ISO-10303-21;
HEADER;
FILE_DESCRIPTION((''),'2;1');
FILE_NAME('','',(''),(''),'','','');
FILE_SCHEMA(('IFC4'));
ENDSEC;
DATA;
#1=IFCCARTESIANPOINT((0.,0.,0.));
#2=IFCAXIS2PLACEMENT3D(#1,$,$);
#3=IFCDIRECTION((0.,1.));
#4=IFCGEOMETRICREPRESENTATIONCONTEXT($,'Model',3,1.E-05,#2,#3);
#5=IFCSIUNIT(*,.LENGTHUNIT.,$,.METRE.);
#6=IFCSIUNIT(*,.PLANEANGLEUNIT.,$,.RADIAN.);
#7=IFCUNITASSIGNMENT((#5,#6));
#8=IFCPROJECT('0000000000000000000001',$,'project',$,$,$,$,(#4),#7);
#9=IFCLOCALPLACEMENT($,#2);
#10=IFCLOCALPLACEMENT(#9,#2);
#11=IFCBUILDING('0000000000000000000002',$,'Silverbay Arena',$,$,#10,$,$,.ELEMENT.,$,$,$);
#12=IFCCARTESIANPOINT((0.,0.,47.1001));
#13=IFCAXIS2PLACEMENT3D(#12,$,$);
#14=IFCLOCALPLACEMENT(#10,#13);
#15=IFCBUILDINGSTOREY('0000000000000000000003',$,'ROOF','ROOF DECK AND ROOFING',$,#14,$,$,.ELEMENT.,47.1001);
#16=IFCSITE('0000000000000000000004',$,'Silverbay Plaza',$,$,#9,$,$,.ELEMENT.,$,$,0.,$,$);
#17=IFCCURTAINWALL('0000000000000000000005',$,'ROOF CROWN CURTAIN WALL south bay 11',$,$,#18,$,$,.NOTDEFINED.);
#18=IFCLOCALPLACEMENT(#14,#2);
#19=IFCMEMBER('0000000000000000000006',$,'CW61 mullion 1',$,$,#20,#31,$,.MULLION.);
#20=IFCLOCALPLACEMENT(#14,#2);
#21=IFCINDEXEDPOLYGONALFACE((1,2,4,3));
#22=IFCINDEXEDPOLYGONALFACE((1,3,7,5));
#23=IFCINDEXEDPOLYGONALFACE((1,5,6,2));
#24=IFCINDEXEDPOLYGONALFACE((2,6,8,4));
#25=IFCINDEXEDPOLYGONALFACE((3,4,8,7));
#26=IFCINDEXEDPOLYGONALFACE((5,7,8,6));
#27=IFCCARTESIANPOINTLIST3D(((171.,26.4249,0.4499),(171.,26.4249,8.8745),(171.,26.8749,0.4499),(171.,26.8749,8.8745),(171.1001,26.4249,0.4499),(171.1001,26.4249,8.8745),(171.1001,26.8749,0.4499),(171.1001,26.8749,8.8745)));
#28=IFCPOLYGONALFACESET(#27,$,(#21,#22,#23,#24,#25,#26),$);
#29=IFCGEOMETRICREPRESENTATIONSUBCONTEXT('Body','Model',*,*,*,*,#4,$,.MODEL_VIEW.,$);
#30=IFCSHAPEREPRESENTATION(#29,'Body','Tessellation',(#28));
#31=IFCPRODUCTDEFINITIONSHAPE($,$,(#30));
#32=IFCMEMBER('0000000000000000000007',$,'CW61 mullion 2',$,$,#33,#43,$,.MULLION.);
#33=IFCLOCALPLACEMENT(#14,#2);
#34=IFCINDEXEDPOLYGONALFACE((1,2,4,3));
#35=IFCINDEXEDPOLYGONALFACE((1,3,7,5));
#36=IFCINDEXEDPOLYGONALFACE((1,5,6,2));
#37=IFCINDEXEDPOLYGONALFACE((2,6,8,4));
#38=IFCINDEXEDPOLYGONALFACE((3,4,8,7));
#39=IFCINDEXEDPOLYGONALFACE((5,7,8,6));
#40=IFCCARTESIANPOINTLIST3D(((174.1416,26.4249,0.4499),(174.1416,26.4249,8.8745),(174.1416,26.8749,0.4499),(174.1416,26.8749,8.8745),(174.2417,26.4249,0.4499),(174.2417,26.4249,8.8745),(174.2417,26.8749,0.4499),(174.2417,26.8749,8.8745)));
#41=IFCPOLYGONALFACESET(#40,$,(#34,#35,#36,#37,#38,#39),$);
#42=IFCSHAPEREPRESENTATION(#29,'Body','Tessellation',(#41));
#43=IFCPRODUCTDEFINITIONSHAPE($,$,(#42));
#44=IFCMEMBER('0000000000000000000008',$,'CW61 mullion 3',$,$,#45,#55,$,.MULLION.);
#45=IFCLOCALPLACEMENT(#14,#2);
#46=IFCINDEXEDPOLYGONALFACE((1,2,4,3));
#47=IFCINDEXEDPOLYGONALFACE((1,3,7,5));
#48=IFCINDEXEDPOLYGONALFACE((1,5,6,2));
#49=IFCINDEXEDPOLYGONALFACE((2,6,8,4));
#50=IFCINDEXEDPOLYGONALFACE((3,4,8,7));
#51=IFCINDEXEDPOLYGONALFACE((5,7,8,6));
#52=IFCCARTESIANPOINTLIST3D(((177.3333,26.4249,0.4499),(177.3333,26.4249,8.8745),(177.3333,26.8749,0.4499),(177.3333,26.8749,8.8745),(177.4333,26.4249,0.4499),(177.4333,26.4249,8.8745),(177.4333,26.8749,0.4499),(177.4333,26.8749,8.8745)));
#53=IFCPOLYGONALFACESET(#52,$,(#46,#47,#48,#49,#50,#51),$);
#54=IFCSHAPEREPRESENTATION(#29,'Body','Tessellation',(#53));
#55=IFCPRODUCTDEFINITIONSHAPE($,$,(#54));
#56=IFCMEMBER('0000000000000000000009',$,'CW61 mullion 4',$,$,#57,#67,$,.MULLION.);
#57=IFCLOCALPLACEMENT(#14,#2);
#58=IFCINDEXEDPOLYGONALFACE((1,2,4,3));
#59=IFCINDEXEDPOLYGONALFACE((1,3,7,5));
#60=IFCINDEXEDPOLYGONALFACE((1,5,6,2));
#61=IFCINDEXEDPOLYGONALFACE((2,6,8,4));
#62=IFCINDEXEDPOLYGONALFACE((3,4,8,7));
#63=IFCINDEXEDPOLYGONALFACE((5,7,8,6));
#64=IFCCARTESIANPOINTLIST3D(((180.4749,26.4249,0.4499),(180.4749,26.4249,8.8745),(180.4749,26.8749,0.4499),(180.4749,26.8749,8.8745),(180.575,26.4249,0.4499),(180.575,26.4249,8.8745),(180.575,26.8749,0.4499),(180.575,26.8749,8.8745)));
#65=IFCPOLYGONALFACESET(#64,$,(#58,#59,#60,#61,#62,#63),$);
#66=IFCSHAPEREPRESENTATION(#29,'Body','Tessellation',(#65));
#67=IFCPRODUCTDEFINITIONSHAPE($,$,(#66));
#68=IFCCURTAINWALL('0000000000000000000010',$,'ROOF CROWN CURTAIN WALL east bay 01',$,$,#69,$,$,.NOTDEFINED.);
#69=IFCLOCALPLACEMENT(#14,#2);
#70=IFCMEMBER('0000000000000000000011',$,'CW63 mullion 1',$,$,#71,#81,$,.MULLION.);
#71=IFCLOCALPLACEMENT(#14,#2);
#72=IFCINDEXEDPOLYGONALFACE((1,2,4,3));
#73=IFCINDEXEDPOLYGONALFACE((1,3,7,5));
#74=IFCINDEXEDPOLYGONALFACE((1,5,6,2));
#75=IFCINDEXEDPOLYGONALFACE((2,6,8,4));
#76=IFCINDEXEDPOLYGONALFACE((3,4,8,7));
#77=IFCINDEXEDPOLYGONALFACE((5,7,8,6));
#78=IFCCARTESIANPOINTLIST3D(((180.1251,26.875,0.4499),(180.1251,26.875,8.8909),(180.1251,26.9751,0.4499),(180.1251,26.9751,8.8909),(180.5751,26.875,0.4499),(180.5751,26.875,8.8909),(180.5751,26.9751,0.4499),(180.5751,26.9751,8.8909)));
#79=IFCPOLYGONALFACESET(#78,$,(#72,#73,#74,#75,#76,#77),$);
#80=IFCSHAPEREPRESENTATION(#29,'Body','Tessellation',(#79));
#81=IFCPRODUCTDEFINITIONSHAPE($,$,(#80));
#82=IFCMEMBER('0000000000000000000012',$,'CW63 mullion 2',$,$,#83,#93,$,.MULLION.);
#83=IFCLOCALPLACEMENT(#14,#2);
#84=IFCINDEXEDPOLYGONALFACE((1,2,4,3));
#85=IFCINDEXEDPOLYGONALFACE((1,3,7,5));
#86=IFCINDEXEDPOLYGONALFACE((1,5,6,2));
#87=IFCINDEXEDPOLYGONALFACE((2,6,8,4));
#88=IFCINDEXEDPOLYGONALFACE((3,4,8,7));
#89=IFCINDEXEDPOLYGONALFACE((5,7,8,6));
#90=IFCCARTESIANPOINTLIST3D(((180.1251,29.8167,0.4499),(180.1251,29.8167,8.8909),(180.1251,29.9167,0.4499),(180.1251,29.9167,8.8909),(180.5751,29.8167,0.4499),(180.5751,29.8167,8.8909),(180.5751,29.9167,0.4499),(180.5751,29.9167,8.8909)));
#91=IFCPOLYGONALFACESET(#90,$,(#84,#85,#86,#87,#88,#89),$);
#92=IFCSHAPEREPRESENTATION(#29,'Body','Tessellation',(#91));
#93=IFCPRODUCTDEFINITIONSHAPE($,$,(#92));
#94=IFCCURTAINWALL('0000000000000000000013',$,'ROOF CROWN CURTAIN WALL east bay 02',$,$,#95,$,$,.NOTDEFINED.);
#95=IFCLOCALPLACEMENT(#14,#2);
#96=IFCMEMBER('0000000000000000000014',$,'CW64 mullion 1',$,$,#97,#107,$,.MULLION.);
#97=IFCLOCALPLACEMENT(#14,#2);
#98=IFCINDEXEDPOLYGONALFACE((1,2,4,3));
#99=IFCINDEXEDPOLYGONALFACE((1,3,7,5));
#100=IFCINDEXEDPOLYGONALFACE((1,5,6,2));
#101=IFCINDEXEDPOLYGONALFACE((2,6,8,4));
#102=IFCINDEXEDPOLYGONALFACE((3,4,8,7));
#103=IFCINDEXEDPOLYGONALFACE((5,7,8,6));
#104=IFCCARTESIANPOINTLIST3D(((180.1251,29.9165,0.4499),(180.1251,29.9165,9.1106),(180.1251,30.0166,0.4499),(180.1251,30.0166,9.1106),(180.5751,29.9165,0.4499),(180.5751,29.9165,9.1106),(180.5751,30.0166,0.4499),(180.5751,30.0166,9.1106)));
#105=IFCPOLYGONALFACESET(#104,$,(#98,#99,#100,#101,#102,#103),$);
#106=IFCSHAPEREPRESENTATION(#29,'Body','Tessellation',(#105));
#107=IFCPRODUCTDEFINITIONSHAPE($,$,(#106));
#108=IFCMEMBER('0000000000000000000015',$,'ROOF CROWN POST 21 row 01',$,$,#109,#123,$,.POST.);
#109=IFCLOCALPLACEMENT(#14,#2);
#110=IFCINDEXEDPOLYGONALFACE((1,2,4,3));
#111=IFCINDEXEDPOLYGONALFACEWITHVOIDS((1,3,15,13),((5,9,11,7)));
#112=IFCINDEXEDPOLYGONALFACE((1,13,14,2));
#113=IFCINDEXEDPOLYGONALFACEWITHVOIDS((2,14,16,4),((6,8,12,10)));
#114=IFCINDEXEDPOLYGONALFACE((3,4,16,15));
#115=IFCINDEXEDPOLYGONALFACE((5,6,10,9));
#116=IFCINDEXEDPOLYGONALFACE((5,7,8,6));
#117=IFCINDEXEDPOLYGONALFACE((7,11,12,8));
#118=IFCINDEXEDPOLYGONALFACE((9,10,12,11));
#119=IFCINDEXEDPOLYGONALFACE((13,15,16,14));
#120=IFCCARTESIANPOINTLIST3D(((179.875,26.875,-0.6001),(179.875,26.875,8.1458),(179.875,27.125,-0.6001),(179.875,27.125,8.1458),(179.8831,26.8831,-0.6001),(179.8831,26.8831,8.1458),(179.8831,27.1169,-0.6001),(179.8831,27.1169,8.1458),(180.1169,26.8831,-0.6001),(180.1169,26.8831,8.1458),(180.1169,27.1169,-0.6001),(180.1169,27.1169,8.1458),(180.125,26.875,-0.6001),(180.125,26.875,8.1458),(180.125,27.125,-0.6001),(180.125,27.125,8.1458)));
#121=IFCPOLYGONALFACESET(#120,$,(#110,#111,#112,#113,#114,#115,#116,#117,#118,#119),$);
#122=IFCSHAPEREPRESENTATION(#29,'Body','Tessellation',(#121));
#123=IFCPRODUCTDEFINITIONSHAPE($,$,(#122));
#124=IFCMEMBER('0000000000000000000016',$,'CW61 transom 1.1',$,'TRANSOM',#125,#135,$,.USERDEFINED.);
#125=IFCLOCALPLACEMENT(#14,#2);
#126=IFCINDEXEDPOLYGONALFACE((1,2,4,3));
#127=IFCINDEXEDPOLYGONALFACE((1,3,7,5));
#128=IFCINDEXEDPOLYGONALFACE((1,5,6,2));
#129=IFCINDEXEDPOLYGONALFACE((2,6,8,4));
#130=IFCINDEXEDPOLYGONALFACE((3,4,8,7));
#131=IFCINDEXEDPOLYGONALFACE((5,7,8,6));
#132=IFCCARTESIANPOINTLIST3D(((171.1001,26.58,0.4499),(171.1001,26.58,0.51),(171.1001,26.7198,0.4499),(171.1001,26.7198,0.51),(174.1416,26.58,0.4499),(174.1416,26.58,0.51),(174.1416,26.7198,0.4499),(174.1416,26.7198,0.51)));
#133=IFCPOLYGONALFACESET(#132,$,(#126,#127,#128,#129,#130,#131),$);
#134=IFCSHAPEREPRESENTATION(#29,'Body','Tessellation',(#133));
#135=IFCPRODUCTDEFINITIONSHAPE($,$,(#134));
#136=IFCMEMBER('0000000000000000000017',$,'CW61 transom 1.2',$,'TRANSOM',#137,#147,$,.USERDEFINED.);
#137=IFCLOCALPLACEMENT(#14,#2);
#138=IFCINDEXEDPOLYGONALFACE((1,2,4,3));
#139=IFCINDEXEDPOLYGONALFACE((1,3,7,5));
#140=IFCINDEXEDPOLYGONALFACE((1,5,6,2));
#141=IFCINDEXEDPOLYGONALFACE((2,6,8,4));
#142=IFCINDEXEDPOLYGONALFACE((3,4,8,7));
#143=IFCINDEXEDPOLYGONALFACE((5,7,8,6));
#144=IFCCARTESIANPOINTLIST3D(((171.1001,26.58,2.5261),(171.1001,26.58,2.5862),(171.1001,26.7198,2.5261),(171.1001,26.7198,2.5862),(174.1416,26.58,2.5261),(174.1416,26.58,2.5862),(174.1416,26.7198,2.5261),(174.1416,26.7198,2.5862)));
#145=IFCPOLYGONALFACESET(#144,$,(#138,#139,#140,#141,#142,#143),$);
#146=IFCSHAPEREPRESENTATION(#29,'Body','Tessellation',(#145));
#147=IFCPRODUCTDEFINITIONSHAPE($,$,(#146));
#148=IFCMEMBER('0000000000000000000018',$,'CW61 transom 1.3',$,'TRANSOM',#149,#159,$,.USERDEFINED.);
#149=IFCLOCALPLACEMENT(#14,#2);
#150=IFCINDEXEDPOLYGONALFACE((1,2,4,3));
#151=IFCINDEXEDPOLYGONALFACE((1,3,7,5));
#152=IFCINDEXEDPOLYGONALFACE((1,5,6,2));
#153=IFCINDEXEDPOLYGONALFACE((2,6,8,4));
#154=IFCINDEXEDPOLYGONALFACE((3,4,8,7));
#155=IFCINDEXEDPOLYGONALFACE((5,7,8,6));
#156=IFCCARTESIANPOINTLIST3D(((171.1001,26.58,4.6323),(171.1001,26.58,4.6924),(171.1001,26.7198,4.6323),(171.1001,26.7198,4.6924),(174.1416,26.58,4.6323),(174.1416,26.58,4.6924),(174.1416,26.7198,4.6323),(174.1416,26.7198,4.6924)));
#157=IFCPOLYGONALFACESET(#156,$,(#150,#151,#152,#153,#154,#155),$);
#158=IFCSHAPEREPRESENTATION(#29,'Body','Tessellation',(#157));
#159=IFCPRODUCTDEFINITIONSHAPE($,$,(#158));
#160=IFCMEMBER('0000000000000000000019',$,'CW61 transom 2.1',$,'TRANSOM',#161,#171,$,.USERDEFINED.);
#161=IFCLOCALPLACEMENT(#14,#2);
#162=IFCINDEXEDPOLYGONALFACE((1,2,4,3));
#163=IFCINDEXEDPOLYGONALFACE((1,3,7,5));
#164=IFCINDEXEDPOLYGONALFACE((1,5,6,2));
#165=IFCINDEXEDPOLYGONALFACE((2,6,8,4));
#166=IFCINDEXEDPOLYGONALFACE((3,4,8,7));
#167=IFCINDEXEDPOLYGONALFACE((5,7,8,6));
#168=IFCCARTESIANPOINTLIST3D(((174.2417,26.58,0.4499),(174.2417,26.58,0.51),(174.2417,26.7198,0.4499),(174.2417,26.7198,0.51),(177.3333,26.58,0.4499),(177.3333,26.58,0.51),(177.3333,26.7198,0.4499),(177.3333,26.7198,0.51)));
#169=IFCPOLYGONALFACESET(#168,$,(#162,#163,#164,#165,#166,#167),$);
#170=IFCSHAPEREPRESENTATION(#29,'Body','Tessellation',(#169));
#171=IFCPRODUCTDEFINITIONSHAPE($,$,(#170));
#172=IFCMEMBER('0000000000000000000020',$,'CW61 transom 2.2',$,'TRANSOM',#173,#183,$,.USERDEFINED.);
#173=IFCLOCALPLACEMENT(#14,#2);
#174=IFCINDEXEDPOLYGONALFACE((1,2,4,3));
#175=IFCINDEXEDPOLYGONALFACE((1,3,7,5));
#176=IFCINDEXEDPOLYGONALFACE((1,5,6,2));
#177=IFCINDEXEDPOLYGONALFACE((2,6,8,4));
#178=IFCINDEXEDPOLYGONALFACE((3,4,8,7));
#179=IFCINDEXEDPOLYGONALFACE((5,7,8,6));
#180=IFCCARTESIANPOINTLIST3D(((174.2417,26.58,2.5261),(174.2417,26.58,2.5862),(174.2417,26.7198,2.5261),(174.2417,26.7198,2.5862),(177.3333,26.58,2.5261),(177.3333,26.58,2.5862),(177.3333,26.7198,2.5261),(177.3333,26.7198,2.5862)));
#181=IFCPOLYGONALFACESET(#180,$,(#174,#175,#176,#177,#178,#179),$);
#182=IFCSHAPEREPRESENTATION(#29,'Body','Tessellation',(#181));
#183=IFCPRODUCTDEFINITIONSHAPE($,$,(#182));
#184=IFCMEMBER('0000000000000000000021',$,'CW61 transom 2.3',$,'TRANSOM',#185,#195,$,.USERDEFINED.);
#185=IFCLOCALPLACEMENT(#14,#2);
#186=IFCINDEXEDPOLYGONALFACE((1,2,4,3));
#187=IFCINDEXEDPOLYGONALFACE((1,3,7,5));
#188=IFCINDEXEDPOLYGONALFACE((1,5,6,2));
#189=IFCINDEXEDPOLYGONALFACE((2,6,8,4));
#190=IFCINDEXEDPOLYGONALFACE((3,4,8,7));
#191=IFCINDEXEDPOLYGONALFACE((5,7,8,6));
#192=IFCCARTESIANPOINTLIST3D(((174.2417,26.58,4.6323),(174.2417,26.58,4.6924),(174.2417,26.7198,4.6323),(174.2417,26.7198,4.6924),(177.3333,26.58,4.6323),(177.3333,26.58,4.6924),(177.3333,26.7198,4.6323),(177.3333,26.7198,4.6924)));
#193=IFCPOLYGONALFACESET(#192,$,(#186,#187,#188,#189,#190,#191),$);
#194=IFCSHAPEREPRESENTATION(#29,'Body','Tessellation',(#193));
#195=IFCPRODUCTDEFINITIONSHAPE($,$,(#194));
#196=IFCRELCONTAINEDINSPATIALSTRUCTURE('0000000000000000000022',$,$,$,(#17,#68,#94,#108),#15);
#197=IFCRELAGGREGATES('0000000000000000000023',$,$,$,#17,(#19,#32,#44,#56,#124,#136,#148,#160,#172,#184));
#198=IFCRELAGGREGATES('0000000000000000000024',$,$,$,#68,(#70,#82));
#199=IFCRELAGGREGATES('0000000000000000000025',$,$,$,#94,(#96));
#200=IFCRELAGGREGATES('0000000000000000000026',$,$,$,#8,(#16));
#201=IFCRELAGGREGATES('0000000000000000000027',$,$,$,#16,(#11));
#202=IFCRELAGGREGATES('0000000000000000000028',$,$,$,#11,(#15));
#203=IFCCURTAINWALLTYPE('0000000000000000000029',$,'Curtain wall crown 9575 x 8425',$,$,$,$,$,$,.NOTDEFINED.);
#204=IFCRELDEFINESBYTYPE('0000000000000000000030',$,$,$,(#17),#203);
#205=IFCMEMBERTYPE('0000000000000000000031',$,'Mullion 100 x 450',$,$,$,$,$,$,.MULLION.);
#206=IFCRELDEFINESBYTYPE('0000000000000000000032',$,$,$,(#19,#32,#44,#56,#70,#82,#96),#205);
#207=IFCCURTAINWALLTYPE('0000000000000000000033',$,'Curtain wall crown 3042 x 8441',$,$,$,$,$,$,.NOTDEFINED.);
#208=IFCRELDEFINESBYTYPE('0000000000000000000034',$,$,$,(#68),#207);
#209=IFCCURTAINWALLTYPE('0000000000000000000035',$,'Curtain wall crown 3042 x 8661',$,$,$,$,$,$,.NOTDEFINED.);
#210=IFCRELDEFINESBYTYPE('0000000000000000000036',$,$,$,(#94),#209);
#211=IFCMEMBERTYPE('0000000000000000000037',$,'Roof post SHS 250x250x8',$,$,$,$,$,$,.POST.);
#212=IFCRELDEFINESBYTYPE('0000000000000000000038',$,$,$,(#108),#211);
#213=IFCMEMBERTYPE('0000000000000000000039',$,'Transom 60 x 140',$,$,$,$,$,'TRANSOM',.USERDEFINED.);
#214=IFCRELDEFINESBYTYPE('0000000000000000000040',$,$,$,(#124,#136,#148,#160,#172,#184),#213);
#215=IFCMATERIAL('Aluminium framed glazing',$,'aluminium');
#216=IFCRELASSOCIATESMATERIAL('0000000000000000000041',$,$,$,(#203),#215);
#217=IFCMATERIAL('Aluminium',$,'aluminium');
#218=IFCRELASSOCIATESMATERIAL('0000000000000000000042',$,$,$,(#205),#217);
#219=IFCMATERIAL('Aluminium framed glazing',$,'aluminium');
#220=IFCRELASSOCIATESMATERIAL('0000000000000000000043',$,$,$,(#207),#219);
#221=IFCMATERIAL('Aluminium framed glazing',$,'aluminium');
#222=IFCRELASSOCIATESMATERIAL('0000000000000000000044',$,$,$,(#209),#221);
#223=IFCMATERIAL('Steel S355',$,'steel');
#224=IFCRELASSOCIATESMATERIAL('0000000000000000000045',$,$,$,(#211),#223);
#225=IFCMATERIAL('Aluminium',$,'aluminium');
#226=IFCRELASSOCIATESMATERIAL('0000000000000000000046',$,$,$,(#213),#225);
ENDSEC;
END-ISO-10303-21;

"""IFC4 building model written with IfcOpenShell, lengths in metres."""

from ifc_helpers import new_model, si_unit, direction, frame, origin, origin_2d, place, context, subcontext, project, spatial, rectangle, hollow_rectangle, extrude, material, material_profile, profile_set, type_object, element, aggregate, save


model = new_model("IFC4")

# Units and contexts
model_context = context("Model", 3, precision=1e-05, world=origin(), true_north=direction((0.0, 1.0)))
body_context = subcontext(model_context, "Body", "Model", "MODEL_VIEW")
ifc_project = project(units=[si_unit("LENGTHUNIT", "METRE"), si_unit("PLANEANGLEUNIT", "RADIAN")], contexts=[model_context])

# Site, building, storey
site_placement = place(None, origin())
site = spatial("IfcSite", under=ifc_project, at=site_placement, Name="Silverbay Plaza", CompositionType="ELEMENT", RefElevation=0.0)
building_placement = place(site_placement, origin())
building = spatial("IfcBuilding", under=site, at=building_placement, Name="Silverbay Arena", CompositionType="ELEMENT")
storey_placement = place(building_placement, frame((0.0, 0.0, 47.1001)))
storey = spatial("IfcBuildingStorey", under=building, at=storey_placement, Name="ROOF", Description="ROOF DECK AND ROOFING", CompositionType="ELEMENT", Elevation=47.1001)

# Curtain walls, members
ifc_material_1 = material(Name="Aluminium framed glazing", Category="aluminium")
curtain_wall_type_1 = type_object("IfcCurtainWallType", Name="Curtain wall crown 9575 x 8425", PredefinedType="NOTDEFINED", material=ifc_material_1)
curtain_wall_1_placement = place(storey_placement, origin())
curtain_wall_1 = element("IfcCurtainWall", 1, at=curtain_wall_1_placement, inside=storey, type_object=curtain_wall_type_1, Name="ROOF CROWN CURTAIN WALL south bay 11", PredefinedType="NOTDEFINED")
ifc_material_2 = material(Name="Aluminium", Category="aluminium")
ifc_material_profile_1 = material_profile(ifc_material_2, rectangle(XDim=0.45, YDim=0.1001, at=origin_2d()), Name="Mullion 100 x 450")
ifc_profile_set_1 = profile_set([ifc_material_profile_1], Name="Aluminium")
member_type_1 = type_object("IfcMemberType", Name="Mullion 100 x 450", PredefinedType="MULLION", material=ifc_profile_set_1)
placement = place(building_placement, frame((0.0, 0.0, 33.5)))
member_1_placement = place(placement, frame((171.05, 26.6499, 14.05), z_axis=(0.0, 0.0, 1.0), x_axis=(0.0, 1.0, 0.0)))
member_1 = element("IfcMember", 2, at=member_1_placement, type_object=member_type_1, Name="CW61 mullion 1", PredefinedType="MULLION", context=body_context, shape_type="SweptSolid", body=[
    extrude(rectangle(XDim=0.45, YDim=0.1001, at=origin_2d()), origin(), (0.0, 0.0, 1.0), 8.4246),
])
member_2_placement = place(placement, frame((174.1917, 26.6499, 14.05), z_axis=(0.0, 0.0, 1.0), x_axis=(0.0, 1.0, 0.0)))
member_2 = element("IfcMember", 3, at=member_2_placement, type_object=member_type_1, Name="CW61 mullion 2", PredefinedType="MULLION", context=body_context, shape_type="SweptSolid", body=[
    extrude(rectangle(XDim=0.45, YDim=0.1001, at=origin_2d()), origin(), (0.0, 0.0, 1.0), 8.4246),
])
member_3_placement = place(placement, frame((177.3833, 26.6499, 14.05), z_axis=(0.0, 0.0, 1.0), x_axis=(0.0, 1.0, 0.0)))
member_3 = element("IfcMember", 4, at=member_3_placement, type_object=member_type_1, Name="CW61 mullion 3", PredefinedType="MULLION", context=body_context, shape_type="SweptSolid", body=[
    extrude(rectangle(XDim=0.45, YDim=0.1001, at=origin_2d()), origin(), (0.0, 0.0, 1.0), 8.4246),
])
member_4_placement = place(placement, frame((180.5249, 26.6499, 14.05), z_axis=(0.0, 0.0, 1.0), x_axis=(0.0, 1.0, 0.0)))
member_4 = element("IfcMember", 5, at=member_4_placement, type_object=member_type_1, Name="CW61 mullion 4", PredefinedType="MULLION", context=body_context, shape_type="SweptSolid", body=[
    extrude(rectangle(XDim=0.45, YDim=0.1001, at=origin_2d()), origin(), (0.0, 0.0, 1.0), 8.4246),
])
ifc_material_3 = material(Name="Aluminium framed glazing", Category="aluminium")
curtain_wall_type_2 = type_object("IfcCurtainWallType", Name="Curtain wall crown 3042 x 8441", PredefinedType="NOTDEFINED", material=ifc_material_3)
curtain_wall_2_placement = place(storey_placement, origin())
curtain_wall_2 = element("IfcCurtainWall", 6, at=curtain_wall_2_placement, inside=storey, type_object=curtain_wall_type_2, Name="ROOF CROWN CURTAIN WALL east bay 01", PredefinedType="NOTDEFINED")
member_5_placement = place(placement, frame((180.3501, 26.925, 14.05), z_axis=(0.0, 0.0, 1.0), x_axis=(-1.0, 0.0, 0.0)))
member_5 = element("IfcMember", 7, at=member_5_placement, type_object=member_type_1, Name="CW63 mullion 1", PredefinedType="MULLION", context=body_context, shape_type="SweptSolid", body=[
    extrude(rectangle(XDim=0.45, YDim=0.1001, at=origin_2d()), origin(), (0.0, 0.0, 1.0), 8.4409),
])
member_6_placement = place(placement, frame((180.3501, 29.8667, 14.05), z_axis=(0.0, 0.0, 1.0), x_axis=(-1.0, 0.0, 0.0)))
member_6 = element("IfcMember", 8, at=member_6_placement, type_object=member_type_1, Name="CW63 mullion 2", PredefinedType="MULLION", context=body_context, shape_type="SweptSolid", body=[
    extrude(rectangle(XDim=0.45, YDim=0.1001, at=origin_2d()), origin(), (0.0, 0.0, 1.0), 8.4409),
])

# Curtain wall, member
ifc_material_4 = material(Name="Aluminium framed glazing", Category="aluminium")
curtain_wall_type_3 = type_object("IfcCurtainWallType", Name="Curtain wall crown 3042 x 8661", PredefinedType="NOTDEFINED", material=ifc_material_4)
curtain_wall_3_placement = place(storey_placement, origin())
curtain_wall_3 = element("IfcCurtainWall", 9, at=curtain_wall_3_placement, inside=storey, type_object=curtain_wall_type_3, Name="ROOF CROWN CURTAIN WALL east bay 02", PredefinedType="NOTDEFINED")
member_7_placement = place(placement, frame((180.3501, 29.9666, 14.05), z_axis=(0.0, 0.0, 1.0), x_axis=(-1.0, 0.0, 0.0)))
member_7 = element("IfcMember", 10, at=member_7_placement, type_object=member_type_1, Name="CW64 mullion 1", PredefinedType="MULLION", context=body_context, shape_type="SweptSolid", body=[
    extrude(rectangle(XDim=0.45, YDim=0.1001, at=origin_2d()), origin(), (0.0, 0.0, 1.0), 8.6606),
])

# Members
ifc_material_5 = material(Name="Steel S355", Category="steel")
ifc_material_profile_2 = material_profile(ifc_material_5, hollow_rectangle(XDim=0.25, YDim=0.25, WallThickness=0.0081, at=origin_2d()), Name="SHS 250x250x8")
ifc_profile_set_2 = profile_set([ifc_material_profile_2], Name="Steel S355")
member_type_2 = type_object("IfcMemberType", Name="Roof post SHS 250x250x8", PredefinedType="POST", material=ifc_profile_set_2)
member_8_placement = place(storey_placement, frame((180.0, 27.0, -0.6001), z_axis=(0.0, 0.0, 1.0), x_axis=(1.0, 0.0, 0.0)))
element("IfcMember", 11, at=member_8_placement, inside=storey, type_object=member_type_2, Name="ROOF CROWN POST 21 row 01", PredefinedType="POST", context=body_context, shape_type="SweptSolid", body=[
    extrude(hollow_rectangle(XDim=0.25, YDim=0.25, WallThickness=0.0081, at=origin_2d()), origin(), (0.0, 0.0, 1.0), 8.7458),
])
ifc_material_6 = material(Name="Aluminium", Category="aluminium")
ifc_material_profile_3 = material_profile(ifc_material_6, rectangle(XDim=0.1399, YDim=0.0601, at=origin_2d()), Name="Transom 60 x 140")
ifc_profile_set_3 = profile_set([ifc_material_profile_3], Name="Aluminium")
member_type_3 = type_object("IfcMemberType", Name="Transom 60 x 140", ElementType="TRANSOM", PredefinedType="USERDEFINED", material=ifc_profile_set_3)
member_9_placement = place(placement, frame((171.1001, 26.6499, 14.0801), z_axis=(1.0, 0.0, 0.0), x_axis=(0.0, 1.0, 0.0)))
member_9 = element("IfcMember", 12, at=member_9_placement, type_object=member_type_3, Name="CW61 transom 1.1", ObjectType="TRANSOM", PredefinedType="USERDEFINED", context=body_context, shape_type="SweptSolid", body=[
    extrude(rectangle(XDim=0.1399, YDim=0.0601, at=origin_2d()), origin(), (0.0, 0.0, 1.0), 3.0415),
])
member_10_placement = place(placement, frame((171.1001, 26.6499, 16.1562), z_axis=(1.0, 0.0, 0.0), x_axis=(0.0, 1.0, 0.0)))
member_10 = element("IfcMember", 13, at=member_10_placement, type_object=member_type_3, Name="CW61 transom 1.2", ObjectType="TRANSOM", PredefinedType="USERDEFINED", context=body_context, shape_type="SweptSolid", body=[
    extrude(rectangle(XDim=0.1399, YDim=0.0601, at=origin_2d()), origin(), (0.0, 0.0, 1.0), 3.0415),
])
member_11_placement = place(placement, frame((171.1001, 26.6499, 18.2625), z_axis=(1.0, 0.0, 0.0), x_axis=(0.0, 1.0, 0.0)))
member_11 = element("IfcMember", 14, at=member_11_placement, type_object=member_type_3, Name="CW61 transom 1.3", ObjectType="TRANSOM", PredefinedType="USERDEFINED", context=body_context, shape_type="SweptSolid", body=[
    extrude(rectangle(XDim=0.1399, YDim=0.0601, at=origin_2d()), origin(), (0.0, 0.0, 1.0), 3.0415),
])
member_12_placement = place(placement, frame((174.2417, 26.6499, 14.0801), z_axis=(1.0, 0.0, 0.0), x_axis=(0.0, 1.0, 0.0)))
member_12 = element("IfcMember", 15, at=member_12_placement, type_object=member_type_3, Name="CW61 transom 2.1", ObjectType="TRANSOM", PredefinedType="USERDEFINED", context=body_context, shape_type="SweptSolid", body=[
    extrude(rectangle(XDim=0.1399, YDim=0.0601, at=origin_2d()), origin(), (0.0, 0.0, 1.0), 3.0916),
])
member_13_placement = place(placement, frame((174.2417, 26.6499, 16.1562), z_axis=(1.0, 0.0, 0.0), x_axis=(0.0, 1.0, 0.0)))
member_13 = element("IfcMember", 16, at=member_13_placement, type_object=member_type_3, Name="CW61 transom 2.2", ObjectType="TRANSOM", PredefinedType="USERDEFINED", context=body_context, shape_type="SweptSolid", body=[
    extrude(rectangle(XDim=0.1399, YDim=0.0601, at=origin_2d()), origin(), (0.0, 0.0, 1.0), 3.0916),
])
member_14_placement = place(placement, frame((174.2417, 26.6499, 18.2625), z_axis=(1.0, 0.0, 0.0), x_axis=(0.0, 1.0, 0.0)))
member_14 = element("IfcMember", 17, at=member_14_placement, type_object=member_type_3, Name="CW61 transom 2.3", ObjectType="TRANSOM", PredefinedType="USERDEFINED", context=body_context, shape_type="SweptSolid", body=[
    extrude(rectangle(XDim=0.1399, YDim=0.0601, at=origin_2d()), origin(), (0.0, 0.0, 1.0), 3.0916),
])

aggregate(curtain_wall_1, [member_1, member_2, member_3, member_4, member_9, member_10, member_11, member_12, member_13, member_14])
aggregate(curtain_wall_2, [member_5, member_6])
aggregate(curtain_wall_3, [member_7])

save(model, "model.ifc")
